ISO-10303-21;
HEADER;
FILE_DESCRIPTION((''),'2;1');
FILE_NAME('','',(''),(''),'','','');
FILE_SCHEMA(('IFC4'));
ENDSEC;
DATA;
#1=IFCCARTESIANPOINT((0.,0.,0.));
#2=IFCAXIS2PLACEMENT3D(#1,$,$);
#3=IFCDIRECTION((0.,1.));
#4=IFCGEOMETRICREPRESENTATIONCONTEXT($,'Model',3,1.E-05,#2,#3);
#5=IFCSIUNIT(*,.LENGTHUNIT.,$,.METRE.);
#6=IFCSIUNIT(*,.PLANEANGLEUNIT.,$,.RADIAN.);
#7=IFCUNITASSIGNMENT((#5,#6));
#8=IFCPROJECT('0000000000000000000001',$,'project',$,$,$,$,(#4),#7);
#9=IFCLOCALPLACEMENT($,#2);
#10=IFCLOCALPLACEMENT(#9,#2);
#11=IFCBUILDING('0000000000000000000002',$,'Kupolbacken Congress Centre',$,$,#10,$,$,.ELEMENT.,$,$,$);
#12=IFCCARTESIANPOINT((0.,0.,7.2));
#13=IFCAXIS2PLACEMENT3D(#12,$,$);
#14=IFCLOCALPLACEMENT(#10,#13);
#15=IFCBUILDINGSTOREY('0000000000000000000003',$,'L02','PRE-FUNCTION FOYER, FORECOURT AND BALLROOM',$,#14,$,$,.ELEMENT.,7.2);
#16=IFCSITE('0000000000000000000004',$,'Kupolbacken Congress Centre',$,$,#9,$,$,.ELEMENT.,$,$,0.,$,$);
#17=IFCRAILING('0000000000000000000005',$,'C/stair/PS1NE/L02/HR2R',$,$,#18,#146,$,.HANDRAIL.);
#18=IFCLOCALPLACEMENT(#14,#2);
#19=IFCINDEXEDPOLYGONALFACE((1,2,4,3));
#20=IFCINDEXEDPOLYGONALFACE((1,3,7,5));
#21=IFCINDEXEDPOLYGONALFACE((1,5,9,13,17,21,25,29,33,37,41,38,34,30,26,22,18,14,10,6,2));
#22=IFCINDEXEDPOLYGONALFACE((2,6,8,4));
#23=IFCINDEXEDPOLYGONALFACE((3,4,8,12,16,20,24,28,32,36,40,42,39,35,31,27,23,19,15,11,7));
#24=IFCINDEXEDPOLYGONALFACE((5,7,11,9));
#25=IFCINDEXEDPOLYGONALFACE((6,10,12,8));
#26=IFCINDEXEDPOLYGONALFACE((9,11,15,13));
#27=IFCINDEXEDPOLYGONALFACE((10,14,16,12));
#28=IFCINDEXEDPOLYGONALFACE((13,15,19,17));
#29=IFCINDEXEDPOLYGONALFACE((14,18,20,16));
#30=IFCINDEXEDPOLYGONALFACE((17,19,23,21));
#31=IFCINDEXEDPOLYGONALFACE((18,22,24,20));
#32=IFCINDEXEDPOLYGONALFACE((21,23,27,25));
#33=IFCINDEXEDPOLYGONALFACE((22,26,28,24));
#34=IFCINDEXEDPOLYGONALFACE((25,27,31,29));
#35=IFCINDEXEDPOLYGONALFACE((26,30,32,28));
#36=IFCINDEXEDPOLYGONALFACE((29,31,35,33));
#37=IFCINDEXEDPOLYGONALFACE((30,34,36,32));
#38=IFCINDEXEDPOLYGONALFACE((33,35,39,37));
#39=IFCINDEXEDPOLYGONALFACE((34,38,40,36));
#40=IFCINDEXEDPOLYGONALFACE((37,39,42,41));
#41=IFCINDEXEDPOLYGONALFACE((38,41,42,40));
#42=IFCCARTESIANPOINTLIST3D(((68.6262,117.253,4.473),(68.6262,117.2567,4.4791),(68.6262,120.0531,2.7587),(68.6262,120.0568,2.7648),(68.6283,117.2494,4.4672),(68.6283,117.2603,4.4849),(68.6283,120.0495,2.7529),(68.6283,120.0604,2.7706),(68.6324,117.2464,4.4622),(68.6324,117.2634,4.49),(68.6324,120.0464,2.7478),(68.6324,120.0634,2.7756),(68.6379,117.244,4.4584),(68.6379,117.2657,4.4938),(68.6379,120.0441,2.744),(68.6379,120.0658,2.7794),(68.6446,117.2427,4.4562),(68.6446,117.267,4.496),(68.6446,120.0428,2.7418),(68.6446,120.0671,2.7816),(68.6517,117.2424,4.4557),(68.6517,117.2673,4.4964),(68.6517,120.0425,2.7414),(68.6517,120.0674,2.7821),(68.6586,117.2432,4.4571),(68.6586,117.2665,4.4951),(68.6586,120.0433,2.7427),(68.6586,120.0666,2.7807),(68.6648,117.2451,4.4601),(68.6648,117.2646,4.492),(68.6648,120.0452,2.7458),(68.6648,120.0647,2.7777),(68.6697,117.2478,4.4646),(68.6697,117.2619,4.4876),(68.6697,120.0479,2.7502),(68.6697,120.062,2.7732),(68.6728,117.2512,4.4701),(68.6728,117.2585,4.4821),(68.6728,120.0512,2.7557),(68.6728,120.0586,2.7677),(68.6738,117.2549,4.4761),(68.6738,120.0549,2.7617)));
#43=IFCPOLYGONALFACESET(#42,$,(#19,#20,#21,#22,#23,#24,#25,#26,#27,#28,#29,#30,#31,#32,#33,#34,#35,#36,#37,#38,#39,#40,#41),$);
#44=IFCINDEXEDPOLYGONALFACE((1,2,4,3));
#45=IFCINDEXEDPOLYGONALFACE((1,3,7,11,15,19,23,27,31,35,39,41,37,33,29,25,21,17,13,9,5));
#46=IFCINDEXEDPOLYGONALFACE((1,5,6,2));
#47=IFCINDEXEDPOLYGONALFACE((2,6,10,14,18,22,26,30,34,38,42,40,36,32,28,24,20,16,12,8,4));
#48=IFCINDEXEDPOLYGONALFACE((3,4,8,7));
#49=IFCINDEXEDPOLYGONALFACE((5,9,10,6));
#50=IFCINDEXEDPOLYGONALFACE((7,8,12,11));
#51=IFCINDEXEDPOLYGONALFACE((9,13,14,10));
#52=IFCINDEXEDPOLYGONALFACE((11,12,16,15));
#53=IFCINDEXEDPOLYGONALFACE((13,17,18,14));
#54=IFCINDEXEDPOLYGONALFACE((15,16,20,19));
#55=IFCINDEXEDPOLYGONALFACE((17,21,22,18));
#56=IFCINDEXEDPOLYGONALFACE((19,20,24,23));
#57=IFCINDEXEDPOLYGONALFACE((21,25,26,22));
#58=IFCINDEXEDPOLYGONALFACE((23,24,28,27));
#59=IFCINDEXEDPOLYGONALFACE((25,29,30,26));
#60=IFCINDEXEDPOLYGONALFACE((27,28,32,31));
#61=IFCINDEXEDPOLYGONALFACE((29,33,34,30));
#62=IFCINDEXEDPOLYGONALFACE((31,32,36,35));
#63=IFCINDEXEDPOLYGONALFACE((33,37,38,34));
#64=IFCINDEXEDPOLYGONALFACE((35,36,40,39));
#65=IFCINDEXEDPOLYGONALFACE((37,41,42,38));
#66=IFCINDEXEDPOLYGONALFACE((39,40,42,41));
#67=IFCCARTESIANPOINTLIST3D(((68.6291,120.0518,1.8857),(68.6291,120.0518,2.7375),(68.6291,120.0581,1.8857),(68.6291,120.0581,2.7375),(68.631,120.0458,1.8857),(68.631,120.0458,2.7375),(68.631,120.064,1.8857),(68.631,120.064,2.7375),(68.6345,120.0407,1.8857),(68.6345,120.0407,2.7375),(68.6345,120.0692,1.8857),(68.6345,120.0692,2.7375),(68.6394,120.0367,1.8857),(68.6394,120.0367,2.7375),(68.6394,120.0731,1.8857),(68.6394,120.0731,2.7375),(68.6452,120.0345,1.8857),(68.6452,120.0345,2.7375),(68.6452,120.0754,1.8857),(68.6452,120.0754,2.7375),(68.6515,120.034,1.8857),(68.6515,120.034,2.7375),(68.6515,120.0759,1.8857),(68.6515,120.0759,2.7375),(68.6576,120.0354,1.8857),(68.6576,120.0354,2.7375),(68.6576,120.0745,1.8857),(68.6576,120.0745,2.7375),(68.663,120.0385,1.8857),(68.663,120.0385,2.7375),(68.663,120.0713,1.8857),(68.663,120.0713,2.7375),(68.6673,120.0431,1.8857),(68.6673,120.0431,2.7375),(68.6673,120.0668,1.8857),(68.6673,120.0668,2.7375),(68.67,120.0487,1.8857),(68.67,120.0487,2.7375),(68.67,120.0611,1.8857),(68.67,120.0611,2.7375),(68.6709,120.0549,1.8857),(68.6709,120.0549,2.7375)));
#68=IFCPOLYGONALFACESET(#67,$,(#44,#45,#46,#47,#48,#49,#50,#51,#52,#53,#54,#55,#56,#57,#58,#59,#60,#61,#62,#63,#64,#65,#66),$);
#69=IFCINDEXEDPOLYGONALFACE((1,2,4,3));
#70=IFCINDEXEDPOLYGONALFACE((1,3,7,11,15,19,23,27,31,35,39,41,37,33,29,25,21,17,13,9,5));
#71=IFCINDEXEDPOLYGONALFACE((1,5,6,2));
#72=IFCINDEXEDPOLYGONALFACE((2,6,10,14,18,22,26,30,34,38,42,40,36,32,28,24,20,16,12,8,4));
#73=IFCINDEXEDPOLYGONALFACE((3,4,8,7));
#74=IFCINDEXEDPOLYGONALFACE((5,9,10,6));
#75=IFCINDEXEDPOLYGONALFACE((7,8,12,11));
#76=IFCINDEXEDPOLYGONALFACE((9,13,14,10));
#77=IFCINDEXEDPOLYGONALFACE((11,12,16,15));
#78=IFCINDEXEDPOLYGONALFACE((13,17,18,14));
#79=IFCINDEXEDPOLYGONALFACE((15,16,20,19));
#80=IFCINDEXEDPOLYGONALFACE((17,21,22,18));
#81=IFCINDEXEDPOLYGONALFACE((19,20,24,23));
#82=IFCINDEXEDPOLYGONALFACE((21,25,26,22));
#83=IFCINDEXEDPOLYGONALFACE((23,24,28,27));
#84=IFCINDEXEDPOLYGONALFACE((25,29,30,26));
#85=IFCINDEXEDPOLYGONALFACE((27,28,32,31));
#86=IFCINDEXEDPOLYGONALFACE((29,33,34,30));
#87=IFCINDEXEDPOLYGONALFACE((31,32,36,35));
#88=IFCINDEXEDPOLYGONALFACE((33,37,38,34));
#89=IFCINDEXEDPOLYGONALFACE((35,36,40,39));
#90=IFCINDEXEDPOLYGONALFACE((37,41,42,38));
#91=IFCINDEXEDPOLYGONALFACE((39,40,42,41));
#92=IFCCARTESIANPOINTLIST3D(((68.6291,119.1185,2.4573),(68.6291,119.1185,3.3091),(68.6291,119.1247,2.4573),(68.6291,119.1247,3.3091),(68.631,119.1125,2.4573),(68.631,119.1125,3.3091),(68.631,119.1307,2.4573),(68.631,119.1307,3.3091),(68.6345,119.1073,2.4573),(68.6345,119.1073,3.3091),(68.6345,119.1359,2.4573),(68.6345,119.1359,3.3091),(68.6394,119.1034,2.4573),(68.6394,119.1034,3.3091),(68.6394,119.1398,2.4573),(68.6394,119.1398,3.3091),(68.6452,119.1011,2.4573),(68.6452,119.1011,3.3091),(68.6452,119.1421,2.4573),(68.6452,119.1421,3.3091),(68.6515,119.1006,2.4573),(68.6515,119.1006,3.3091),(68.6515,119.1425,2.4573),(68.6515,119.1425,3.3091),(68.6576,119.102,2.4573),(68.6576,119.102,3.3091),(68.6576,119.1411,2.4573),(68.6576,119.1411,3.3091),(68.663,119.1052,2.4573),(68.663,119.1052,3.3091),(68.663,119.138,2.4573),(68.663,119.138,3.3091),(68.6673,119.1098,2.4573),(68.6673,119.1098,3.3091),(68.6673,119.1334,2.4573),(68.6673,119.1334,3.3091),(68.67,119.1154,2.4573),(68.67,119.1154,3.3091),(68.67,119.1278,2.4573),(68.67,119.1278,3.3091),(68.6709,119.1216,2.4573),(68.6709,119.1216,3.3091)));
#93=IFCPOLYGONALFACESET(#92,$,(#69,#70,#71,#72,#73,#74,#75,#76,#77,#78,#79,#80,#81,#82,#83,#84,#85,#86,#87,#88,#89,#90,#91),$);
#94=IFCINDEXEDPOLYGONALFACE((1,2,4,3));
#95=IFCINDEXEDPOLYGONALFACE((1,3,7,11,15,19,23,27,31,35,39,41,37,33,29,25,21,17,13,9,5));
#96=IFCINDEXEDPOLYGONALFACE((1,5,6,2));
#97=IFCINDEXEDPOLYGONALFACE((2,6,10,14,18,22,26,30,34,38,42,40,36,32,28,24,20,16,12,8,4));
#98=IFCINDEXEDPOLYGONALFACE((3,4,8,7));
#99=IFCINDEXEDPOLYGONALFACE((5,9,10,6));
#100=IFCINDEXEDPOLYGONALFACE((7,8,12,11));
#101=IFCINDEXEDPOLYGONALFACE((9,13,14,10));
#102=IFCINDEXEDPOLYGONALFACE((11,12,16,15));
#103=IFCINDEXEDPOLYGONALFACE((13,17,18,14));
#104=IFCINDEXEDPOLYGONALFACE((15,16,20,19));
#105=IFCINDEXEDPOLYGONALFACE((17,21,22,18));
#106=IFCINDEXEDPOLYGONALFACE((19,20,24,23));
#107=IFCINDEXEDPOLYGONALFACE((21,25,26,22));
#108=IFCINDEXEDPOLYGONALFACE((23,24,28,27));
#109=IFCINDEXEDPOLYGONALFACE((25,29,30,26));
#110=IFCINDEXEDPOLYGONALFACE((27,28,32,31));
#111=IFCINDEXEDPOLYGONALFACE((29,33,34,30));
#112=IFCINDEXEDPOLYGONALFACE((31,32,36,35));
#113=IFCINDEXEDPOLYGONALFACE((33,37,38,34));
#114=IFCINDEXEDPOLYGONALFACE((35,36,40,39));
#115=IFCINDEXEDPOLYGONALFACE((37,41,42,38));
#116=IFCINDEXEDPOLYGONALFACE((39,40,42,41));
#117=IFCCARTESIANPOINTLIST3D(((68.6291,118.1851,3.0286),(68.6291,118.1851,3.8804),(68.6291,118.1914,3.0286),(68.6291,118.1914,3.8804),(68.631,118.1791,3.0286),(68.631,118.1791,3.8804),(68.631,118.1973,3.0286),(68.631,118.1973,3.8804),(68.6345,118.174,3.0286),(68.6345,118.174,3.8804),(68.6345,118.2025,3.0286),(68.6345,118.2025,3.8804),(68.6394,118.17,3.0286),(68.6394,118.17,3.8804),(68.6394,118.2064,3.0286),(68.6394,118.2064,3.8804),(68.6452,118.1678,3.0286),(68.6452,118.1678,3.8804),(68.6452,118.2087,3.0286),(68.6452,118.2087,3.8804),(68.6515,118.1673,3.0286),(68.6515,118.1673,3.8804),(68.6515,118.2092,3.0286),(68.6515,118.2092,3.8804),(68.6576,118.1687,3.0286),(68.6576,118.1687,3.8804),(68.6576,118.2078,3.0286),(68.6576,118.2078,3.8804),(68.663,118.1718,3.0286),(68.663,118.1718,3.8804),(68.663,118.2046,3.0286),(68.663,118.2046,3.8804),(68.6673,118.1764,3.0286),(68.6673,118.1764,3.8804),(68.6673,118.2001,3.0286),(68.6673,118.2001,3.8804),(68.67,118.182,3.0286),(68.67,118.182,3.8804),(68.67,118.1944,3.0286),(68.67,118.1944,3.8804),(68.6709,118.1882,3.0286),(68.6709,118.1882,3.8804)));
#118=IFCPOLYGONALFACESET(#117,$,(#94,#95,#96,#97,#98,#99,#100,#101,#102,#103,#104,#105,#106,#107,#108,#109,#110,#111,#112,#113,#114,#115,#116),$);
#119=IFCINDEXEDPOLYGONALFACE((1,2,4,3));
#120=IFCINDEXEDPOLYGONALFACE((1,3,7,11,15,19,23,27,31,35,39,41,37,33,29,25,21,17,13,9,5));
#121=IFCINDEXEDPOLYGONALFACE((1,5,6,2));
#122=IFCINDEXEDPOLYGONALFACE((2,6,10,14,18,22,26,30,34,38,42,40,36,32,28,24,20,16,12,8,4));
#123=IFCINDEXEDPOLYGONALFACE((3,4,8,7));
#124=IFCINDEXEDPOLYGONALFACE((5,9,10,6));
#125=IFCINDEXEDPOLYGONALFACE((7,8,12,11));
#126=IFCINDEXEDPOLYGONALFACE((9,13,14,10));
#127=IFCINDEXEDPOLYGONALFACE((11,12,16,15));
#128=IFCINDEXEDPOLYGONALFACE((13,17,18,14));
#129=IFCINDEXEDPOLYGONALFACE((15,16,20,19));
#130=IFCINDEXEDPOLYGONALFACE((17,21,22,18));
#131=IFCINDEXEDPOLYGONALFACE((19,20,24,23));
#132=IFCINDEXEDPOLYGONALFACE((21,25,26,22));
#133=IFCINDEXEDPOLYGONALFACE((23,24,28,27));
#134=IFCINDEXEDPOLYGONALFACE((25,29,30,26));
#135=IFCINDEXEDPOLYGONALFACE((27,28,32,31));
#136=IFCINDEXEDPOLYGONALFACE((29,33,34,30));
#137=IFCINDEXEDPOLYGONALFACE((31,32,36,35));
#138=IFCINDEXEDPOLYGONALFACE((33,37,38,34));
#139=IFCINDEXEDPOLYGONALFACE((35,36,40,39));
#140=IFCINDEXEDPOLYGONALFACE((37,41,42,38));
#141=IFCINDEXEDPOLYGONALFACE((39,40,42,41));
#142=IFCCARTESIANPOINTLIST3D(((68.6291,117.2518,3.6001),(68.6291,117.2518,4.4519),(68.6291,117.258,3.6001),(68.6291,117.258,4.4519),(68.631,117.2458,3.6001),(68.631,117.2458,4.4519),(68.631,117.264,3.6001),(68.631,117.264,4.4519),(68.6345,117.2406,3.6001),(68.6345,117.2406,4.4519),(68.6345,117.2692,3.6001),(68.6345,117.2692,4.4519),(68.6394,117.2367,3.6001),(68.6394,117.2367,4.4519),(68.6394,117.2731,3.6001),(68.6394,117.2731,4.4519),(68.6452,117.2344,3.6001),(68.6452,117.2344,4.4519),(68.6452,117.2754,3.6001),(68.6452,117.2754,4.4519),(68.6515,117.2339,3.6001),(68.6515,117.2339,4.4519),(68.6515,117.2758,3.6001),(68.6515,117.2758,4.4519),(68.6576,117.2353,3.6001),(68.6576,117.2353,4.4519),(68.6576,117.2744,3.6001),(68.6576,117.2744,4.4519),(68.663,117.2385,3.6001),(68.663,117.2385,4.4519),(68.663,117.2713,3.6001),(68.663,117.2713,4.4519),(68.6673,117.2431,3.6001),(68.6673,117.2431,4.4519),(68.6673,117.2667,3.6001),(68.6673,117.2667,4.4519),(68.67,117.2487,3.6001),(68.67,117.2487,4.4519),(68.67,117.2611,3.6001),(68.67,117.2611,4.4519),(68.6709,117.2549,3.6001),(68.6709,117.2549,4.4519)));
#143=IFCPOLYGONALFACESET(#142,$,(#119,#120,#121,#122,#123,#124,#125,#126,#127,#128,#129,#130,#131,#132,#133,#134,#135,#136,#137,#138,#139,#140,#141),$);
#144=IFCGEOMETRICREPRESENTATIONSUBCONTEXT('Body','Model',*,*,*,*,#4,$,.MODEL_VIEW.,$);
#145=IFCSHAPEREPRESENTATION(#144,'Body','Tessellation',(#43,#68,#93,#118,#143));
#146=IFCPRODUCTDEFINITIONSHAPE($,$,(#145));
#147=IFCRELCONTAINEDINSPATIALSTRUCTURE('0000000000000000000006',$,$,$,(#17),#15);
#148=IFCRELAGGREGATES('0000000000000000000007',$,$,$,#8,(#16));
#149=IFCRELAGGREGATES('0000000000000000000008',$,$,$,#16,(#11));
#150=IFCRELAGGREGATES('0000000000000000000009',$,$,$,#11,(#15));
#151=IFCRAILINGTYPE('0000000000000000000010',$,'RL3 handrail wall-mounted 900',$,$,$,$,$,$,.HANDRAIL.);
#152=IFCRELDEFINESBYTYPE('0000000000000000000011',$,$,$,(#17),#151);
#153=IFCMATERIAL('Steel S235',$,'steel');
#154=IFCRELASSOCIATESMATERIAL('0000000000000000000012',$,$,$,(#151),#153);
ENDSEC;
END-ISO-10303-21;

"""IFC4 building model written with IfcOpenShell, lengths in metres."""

from ifc_helpers import new_model, si_unit, direction, frame, origin, origin_2d, place, context, subcontext, project, spatial, circle, extrude, material, type_object, element, save


model = new_model("IFC4")

# Units and contexts
model_context = context("Model", 3, precision=1e-05, world=origin(), true_north=direction((0.0, 1.0)))
body_context = subcontext(model_context, "Body", "Model", "MODEL_VIEW")
ifc_project = project(units=[si_unit("LENGTHUNIT", "METRE"), si_unit("PLANEANGLEUNIT", "RADIAN")], contexts=[model_context])

# Site, building, storey
site_placement = place(None, origin())
site = spatial("IfcSite", under=ifc_project, at=site_placement, Name="Kupolbacken Congress Centre", CompositionType="ELEMENT", RefElevation=0.0)
building_placement = place(site_placement, origin())
building = spatial("IfcBuilding", under=site, at=building_placement, Name="Kupolbacken Congress Centre", CompositionType="ELEMENT")
storey_placement = place(building_placement, frame((0.0, 0.0, 7.2)))
storey = spatial("IfcBuildingStorey", under=building, at=storey_placement, Name="L02", Description="PRE-FUNCTION FOYER, FORECOURT AND BALLROOM", CompositionType="ELEMENT", Elevation=7.2)

# Railing
ifc_material_1 = material(Name="Steel S235", Category="steel")
railing_type = type_object("IfcRailingType", Name="RL3 handrail wall-mounted 900", PredefinedType="HANDRAIL", material=ifc_material_1)
for number, where, name in (
    (1, (68.6499, 120.0549, 1.8857), "C/stair/PS1NE/L02/HR2R"),
):
    element("IfcRailing", number, at=place(storey_placement, frame(where)), inside=storey, type_object=railing_type, Name=name, PredefinedType="HANDRAIL", context=body_context, shape_type="SweptSolid", body=[
        extrude(circle(Radius=0.0239, at=origin_2d()), frame((0.0, 0.0, 0.876), z_axis=(0.0, -0.852846, 0.522163), x_axis=(1.0, 0.0, 0.0)), (0.0, 0.0, 1.0), 3.2832),
        extrude(circle(Radius=0.021, at=origin_2d()), origin(), (0.0, 0.0, 1.0), 0.8518),
        extrude(circle(Radius=0.021, at=origin_2d()), frame((0.0, -0.9333, 0.5715)), (0.0, 0.0, 1.0), 0.8518),
        extrude(circle(Radius=0.021, at=origin_2d()), frame((0.0, -1.8667, 1.1428)), (0.0, 0.0, 1.0), 0.8518),
        extrude(circle(Radius=0.021, at=origin_2d()), frame((0.0, -2.8, 1.7144)), (0.0, 0.0, 1.0), 0.8518),
    ])

save(model, "model.ifc")
